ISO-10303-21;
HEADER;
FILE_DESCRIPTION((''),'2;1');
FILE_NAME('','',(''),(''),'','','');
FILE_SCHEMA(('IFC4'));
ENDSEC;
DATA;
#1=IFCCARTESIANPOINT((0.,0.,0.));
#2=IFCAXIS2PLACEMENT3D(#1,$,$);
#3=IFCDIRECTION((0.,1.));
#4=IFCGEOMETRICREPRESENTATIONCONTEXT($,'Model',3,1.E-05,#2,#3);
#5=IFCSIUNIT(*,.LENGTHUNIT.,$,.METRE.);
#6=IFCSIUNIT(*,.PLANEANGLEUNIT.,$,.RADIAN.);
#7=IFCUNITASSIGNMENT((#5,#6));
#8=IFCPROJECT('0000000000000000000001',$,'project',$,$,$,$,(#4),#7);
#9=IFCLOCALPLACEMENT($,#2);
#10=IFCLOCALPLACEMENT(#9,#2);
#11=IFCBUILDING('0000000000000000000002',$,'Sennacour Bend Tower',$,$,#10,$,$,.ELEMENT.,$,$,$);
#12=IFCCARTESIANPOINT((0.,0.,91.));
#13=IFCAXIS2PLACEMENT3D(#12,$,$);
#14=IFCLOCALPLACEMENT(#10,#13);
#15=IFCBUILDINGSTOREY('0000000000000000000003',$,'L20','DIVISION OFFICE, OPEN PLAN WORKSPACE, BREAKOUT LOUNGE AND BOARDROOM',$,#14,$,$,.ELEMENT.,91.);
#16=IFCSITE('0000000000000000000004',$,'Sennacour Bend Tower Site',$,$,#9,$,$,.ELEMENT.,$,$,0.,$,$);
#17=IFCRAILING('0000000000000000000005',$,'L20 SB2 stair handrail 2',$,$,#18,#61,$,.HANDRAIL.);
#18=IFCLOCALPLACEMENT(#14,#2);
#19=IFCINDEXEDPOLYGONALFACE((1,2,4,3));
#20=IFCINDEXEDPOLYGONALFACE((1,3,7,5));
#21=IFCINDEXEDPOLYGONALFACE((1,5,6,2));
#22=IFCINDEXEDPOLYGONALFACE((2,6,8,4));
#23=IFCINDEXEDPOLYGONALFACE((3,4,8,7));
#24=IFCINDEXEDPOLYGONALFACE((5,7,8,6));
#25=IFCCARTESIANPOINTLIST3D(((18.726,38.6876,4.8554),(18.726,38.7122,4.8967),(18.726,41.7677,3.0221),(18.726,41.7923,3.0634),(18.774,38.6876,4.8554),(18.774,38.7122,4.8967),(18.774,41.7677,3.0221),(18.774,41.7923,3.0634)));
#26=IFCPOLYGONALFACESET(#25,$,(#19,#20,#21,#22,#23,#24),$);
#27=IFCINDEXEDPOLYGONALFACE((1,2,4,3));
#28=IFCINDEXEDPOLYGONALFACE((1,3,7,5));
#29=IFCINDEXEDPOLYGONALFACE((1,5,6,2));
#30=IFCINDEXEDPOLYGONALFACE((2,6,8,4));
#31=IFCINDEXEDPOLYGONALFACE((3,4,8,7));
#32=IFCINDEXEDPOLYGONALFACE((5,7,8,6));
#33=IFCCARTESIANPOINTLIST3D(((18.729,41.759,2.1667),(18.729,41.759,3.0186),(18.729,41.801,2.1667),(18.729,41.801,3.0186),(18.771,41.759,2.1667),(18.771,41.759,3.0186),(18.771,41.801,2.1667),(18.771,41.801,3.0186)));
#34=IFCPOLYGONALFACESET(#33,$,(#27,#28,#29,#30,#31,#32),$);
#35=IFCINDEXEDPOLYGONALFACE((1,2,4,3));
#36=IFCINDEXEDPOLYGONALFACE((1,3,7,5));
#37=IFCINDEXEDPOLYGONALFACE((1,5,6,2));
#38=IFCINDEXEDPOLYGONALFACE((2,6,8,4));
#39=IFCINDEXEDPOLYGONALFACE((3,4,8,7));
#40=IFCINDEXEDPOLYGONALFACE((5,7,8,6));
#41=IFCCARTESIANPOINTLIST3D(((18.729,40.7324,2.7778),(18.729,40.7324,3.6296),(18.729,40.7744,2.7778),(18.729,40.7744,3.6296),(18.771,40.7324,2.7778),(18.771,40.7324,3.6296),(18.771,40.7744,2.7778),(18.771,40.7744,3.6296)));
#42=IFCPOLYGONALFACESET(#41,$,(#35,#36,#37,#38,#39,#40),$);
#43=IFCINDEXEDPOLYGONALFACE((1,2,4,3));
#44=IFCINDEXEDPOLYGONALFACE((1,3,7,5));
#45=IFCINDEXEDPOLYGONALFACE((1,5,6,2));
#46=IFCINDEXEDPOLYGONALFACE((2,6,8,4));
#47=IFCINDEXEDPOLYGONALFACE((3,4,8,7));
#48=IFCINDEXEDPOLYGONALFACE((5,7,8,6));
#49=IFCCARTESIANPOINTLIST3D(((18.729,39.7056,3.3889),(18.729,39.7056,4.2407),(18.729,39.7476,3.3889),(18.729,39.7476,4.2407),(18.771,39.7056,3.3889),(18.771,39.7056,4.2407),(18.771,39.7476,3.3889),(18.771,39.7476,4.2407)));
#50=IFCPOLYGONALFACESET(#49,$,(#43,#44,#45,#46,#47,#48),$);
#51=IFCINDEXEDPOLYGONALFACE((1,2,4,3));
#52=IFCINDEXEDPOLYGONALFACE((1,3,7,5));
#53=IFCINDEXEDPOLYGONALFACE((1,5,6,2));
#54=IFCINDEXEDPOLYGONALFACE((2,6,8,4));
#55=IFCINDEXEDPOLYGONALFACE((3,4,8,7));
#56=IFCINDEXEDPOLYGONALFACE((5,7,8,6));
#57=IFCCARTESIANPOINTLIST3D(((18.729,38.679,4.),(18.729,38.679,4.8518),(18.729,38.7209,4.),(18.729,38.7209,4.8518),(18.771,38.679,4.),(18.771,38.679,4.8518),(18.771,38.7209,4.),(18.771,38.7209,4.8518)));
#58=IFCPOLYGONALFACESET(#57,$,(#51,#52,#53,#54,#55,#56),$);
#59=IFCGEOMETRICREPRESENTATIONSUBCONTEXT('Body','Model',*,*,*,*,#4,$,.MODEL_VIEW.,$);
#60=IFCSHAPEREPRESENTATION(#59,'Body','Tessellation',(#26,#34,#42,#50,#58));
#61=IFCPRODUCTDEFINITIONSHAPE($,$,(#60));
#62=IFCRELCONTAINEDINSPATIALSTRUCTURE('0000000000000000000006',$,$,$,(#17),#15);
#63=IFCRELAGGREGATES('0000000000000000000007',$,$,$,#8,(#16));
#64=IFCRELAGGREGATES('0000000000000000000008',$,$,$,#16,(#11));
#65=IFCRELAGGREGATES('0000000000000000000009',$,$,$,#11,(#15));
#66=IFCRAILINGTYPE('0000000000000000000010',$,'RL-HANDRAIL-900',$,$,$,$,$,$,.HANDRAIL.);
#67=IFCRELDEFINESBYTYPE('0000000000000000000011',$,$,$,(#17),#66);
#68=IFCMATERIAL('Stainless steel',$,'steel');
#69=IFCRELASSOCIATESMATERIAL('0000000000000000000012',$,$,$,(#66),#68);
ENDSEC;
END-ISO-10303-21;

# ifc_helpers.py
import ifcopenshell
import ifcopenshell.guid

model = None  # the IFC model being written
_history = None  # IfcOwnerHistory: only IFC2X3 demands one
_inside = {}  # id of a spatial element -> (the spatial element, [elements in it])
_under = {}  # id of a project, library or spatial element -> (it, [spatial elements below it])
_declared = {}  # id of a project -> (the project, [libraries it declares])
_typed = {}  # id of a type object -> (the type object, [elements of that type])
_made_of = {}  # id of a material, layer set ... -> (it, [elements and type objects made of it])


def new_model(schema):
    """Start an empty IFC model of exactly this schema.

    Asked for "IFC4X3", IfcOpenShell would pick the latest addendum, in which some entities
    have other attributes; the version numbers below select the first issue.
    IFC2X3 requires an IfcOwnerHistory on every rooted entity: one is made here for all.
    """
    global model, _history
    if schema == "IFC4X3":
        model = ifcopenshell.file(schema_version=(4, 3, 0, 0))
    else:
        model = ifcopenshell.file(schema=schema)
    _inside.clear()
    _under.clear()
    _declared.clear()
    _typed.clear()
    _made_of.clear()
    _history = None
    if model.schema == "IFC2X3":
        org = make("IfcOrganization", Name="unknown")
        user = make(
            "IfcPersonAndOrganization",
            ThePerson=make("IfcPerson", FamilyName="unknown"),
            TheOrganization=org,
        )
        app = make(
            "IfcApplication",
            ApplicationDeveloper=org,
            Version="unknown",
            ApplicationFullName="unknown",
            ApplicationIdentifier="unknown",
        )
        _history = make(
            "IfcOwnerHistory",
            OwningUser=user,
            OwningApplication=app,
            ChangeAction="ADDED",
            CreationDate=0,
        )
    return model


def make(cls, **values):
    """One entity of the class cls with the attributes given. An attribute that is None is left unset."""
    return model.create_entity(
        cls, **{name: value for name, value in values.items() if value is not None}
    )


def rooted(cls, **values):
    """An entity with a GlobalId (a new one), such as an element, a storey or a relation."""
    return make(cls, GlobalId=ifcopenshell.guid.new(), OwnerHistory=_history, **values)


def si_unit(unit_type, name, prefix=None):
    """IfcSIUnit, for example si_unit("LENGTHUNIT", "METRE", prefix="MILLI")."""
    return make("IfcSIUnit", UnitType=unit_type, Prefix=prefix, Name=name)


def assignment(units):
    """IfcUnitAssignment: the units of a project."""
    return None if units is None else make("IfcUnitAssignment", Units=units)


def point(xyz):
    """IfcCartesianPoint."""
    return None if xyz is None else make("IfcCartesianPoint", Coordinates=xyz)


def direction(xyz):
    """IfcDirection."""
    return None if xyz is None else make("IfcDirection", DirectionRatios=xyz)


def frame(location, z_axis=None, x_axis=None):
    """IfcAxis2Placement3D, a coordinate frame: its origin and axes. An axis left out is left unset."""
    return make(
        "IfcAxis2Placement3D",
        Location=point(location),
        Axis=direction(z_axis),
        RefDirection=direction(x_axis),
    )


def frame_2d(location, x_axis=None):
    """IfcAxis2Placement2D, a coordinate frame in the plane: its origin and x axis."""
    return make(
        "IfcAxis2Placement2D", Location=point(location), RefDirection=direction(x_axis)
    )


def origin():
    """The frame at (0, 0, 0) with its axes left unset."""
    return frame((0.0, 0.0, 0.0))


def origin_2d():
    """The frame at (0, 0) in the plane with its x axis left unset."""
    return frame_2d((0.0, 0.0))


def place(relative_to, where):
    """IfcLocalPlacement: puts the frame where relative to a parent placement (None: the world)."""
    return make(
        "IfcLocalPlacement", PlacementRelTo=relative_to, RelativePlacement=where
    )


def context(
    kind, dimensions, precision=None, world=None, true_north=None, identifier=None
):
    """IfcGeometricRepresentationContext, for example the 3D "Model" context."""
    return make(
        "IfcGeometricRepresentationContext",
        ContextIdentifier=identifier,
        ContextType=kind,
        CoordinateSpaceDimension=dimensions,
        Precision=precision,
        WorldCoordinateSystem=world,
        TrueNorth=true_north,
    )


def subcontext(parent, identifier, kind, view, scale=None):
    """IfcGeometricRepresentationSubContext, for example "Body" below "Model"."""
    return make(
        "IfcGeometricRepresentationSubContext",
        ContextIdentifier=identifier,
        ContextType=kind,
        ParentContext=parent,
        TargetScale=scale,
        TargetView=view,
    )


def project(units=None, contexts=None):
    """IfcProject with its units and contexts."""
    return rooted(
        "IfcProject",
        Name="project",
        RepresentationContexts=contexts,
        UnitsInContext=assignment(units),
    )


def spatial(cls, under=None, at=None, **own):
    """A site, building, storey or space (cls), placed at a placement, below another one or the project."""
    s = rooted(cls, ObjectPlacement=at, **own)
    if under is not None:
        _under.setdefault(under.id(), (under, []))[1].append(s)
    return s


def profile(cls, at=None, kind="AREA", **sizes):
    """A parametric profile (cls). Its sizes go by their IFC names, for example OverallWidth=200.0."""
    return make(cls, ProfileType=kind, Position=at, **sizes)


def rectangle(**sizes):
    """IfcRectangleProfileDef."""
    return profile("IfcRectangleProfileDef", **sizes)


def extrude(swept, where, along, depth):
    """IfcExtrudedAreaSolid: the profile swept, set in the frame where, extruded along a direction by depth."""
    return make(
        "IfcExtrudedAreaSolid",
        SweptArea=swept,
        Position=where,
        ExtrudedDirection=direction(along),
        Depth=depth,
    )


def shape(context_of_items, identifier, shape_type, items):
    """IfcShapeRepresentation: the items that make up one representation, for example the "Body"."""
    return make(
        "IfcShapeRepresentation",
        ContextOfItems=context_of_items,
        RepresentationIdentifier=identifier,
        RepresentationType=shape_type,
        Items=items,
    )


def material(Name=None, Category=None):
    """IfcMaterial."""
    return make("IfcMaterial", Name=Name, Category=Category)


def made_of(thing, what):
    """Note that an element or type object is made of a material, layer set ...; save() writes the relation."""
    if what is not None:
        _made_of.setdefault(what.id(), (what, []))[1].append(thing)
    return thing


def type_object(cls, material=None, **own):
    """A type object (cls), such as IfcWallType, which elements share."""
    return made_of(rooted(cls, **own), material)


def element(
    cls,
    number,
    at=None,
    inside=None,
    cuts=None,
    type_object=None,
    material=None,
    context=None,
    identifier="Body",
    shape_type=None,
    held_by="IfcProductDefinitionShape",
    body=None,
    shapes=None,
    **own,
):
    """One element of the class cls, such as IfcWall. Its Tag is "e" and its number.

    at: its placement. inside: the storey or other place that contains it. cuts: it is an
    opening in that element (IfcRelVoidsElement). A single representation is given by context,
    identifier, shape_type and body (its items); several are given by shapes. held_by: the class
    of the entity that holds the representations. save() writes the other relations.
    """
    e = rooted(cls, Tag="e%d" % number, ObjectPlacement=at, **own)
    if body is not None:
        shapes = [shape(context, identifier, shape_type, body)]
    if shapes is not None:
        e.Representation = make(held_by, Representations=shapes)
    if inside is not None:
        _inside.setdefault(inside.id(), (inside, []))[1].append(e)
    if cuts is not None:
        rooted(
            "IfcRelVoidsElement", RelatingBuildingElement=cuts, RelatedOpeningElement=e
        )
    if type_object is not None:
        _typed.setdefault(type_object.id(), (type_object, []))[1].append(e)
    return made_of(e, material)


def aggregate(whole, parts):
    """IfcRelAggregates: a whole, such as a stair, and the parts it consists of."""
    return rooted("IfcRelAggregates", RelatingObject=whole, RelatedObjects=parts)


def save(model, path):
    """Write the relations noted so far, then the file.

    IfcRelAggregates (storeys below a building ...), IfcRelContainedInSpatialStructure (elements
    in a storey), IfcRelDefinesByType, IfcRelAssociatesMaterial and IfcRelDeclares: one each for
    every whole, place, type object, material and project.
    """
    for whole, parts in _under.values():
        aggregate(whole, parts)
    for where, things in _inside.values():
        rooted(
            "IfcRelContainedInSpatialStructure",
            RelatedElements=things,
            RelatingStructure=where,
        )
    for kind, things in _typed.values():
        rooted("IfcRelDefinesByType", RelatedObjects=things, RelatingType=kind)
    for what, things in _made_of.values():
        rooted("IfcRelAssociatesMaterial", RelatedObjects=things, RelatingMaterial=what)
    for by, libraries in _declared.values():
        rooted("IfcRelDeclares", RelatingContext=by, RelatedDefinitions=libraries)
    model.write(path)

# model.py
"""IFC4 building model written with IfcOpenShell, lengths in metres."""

from ifc_helpers import new_model, si_unit, direction, frame, origin, origin_2d, place, context, subcontext, project, spatial, rectangle, extrude, material, type_object, element, save


model = new_model("IFC4")

# Units and contexts
model_context = context("Model", 3, precision=1e-05, world=origin(), true_north=direction((0.0, 1.0)))
body_context = subcontext(model_context, "Body", "Model", "MODEL_VIEW")
ifc_project = project(units=[si_unit("LENGTHUNIT", "METRE"), si_unit("PLANEANGLEUNIT", "RADIAN")], contexts=[model_context])

# Site, building, storey
site_placement = place(None, origin())
site = spatial("IfcSite", under=ifc_project, at=site_placement, Name="Sennacour Bend Tower Site", CompositionType="ELEMENT", RefElevation=0.0)
building_placement = place(site_placement, origin())
building = spatial("IfcBuilding", under=site, at=building_placement, Name="Sennacour Bend Tower", CompositionType="ELEMENT")
storey_placement = place(building_placement, frame((0.0, 0.0, 91.0)))
storey = spatial("IfcBuildingStorey", under=building, at=storey_placement, Name="L20", Description="DIVISION OFFICE, OPEN PLAN WORKSPACE, BREAKOUT LOUNGE AND BOARDROOM", CompositionType="ELEMENT", Elevation=91.0)

# Shared definitions
ifc_material_1 = material(Name="Stainless steel", Category="steel")

# Railing
railing_type_1 = type_object("IfcRailingType", Name="RL-HANDRAIL-900", PredefinedType="HANDRAIL", material=ifc_material_1)
railing_1_placement = place(storey_placement, frame((18.75, 41.78, 2.1667)))
element("IfcRailing", 1, at=railing_1_placement, inside=storey, type_object=railing_type_1, Name="L20 SB2 stair handrail 2", PredefinedType="HANDRAIL", context=body_context, shape_type="SweptSolid", body=[
    extrude(rectangle(XDim=0.0481, YDim=0.0481, at=origin_2d()), frame((0.0, 0.0, 0.876), z_axis=(0.0, -0.859309, 0.511458), x_axis=(1.0, 0.0, 0.0)), (0.0, 0.0, 1.0), 3.5845),
    extrude(rectangle(XDim=0.042, YDim=0.042, at=origin_2d()), origin(), (0.0, 0.0, 1.0), 0.8518),
    extrude(rectangle(XDim=0.042, YDim=0.042, at=origin_2d()), frame((0.0, -1.0266, 0.6111)), (0.0, 0.0, 1.0), 0.8518),
    extrude(rectangle(XDim=0.042, YDim=0.042, at=origin_2d()), frame((0.0, -2.0535, 1.2222)), (0.0, 0.0, 1.0), 0.8518),
    extrude(rectangle(XDim=0.042, YDim=0.042, at=origin_2d()), frame((0.0, -3.0801, 1.8333)), (0.0, 0.0, 1.0), 0.8518),
])

save(model, "model.ifc")
